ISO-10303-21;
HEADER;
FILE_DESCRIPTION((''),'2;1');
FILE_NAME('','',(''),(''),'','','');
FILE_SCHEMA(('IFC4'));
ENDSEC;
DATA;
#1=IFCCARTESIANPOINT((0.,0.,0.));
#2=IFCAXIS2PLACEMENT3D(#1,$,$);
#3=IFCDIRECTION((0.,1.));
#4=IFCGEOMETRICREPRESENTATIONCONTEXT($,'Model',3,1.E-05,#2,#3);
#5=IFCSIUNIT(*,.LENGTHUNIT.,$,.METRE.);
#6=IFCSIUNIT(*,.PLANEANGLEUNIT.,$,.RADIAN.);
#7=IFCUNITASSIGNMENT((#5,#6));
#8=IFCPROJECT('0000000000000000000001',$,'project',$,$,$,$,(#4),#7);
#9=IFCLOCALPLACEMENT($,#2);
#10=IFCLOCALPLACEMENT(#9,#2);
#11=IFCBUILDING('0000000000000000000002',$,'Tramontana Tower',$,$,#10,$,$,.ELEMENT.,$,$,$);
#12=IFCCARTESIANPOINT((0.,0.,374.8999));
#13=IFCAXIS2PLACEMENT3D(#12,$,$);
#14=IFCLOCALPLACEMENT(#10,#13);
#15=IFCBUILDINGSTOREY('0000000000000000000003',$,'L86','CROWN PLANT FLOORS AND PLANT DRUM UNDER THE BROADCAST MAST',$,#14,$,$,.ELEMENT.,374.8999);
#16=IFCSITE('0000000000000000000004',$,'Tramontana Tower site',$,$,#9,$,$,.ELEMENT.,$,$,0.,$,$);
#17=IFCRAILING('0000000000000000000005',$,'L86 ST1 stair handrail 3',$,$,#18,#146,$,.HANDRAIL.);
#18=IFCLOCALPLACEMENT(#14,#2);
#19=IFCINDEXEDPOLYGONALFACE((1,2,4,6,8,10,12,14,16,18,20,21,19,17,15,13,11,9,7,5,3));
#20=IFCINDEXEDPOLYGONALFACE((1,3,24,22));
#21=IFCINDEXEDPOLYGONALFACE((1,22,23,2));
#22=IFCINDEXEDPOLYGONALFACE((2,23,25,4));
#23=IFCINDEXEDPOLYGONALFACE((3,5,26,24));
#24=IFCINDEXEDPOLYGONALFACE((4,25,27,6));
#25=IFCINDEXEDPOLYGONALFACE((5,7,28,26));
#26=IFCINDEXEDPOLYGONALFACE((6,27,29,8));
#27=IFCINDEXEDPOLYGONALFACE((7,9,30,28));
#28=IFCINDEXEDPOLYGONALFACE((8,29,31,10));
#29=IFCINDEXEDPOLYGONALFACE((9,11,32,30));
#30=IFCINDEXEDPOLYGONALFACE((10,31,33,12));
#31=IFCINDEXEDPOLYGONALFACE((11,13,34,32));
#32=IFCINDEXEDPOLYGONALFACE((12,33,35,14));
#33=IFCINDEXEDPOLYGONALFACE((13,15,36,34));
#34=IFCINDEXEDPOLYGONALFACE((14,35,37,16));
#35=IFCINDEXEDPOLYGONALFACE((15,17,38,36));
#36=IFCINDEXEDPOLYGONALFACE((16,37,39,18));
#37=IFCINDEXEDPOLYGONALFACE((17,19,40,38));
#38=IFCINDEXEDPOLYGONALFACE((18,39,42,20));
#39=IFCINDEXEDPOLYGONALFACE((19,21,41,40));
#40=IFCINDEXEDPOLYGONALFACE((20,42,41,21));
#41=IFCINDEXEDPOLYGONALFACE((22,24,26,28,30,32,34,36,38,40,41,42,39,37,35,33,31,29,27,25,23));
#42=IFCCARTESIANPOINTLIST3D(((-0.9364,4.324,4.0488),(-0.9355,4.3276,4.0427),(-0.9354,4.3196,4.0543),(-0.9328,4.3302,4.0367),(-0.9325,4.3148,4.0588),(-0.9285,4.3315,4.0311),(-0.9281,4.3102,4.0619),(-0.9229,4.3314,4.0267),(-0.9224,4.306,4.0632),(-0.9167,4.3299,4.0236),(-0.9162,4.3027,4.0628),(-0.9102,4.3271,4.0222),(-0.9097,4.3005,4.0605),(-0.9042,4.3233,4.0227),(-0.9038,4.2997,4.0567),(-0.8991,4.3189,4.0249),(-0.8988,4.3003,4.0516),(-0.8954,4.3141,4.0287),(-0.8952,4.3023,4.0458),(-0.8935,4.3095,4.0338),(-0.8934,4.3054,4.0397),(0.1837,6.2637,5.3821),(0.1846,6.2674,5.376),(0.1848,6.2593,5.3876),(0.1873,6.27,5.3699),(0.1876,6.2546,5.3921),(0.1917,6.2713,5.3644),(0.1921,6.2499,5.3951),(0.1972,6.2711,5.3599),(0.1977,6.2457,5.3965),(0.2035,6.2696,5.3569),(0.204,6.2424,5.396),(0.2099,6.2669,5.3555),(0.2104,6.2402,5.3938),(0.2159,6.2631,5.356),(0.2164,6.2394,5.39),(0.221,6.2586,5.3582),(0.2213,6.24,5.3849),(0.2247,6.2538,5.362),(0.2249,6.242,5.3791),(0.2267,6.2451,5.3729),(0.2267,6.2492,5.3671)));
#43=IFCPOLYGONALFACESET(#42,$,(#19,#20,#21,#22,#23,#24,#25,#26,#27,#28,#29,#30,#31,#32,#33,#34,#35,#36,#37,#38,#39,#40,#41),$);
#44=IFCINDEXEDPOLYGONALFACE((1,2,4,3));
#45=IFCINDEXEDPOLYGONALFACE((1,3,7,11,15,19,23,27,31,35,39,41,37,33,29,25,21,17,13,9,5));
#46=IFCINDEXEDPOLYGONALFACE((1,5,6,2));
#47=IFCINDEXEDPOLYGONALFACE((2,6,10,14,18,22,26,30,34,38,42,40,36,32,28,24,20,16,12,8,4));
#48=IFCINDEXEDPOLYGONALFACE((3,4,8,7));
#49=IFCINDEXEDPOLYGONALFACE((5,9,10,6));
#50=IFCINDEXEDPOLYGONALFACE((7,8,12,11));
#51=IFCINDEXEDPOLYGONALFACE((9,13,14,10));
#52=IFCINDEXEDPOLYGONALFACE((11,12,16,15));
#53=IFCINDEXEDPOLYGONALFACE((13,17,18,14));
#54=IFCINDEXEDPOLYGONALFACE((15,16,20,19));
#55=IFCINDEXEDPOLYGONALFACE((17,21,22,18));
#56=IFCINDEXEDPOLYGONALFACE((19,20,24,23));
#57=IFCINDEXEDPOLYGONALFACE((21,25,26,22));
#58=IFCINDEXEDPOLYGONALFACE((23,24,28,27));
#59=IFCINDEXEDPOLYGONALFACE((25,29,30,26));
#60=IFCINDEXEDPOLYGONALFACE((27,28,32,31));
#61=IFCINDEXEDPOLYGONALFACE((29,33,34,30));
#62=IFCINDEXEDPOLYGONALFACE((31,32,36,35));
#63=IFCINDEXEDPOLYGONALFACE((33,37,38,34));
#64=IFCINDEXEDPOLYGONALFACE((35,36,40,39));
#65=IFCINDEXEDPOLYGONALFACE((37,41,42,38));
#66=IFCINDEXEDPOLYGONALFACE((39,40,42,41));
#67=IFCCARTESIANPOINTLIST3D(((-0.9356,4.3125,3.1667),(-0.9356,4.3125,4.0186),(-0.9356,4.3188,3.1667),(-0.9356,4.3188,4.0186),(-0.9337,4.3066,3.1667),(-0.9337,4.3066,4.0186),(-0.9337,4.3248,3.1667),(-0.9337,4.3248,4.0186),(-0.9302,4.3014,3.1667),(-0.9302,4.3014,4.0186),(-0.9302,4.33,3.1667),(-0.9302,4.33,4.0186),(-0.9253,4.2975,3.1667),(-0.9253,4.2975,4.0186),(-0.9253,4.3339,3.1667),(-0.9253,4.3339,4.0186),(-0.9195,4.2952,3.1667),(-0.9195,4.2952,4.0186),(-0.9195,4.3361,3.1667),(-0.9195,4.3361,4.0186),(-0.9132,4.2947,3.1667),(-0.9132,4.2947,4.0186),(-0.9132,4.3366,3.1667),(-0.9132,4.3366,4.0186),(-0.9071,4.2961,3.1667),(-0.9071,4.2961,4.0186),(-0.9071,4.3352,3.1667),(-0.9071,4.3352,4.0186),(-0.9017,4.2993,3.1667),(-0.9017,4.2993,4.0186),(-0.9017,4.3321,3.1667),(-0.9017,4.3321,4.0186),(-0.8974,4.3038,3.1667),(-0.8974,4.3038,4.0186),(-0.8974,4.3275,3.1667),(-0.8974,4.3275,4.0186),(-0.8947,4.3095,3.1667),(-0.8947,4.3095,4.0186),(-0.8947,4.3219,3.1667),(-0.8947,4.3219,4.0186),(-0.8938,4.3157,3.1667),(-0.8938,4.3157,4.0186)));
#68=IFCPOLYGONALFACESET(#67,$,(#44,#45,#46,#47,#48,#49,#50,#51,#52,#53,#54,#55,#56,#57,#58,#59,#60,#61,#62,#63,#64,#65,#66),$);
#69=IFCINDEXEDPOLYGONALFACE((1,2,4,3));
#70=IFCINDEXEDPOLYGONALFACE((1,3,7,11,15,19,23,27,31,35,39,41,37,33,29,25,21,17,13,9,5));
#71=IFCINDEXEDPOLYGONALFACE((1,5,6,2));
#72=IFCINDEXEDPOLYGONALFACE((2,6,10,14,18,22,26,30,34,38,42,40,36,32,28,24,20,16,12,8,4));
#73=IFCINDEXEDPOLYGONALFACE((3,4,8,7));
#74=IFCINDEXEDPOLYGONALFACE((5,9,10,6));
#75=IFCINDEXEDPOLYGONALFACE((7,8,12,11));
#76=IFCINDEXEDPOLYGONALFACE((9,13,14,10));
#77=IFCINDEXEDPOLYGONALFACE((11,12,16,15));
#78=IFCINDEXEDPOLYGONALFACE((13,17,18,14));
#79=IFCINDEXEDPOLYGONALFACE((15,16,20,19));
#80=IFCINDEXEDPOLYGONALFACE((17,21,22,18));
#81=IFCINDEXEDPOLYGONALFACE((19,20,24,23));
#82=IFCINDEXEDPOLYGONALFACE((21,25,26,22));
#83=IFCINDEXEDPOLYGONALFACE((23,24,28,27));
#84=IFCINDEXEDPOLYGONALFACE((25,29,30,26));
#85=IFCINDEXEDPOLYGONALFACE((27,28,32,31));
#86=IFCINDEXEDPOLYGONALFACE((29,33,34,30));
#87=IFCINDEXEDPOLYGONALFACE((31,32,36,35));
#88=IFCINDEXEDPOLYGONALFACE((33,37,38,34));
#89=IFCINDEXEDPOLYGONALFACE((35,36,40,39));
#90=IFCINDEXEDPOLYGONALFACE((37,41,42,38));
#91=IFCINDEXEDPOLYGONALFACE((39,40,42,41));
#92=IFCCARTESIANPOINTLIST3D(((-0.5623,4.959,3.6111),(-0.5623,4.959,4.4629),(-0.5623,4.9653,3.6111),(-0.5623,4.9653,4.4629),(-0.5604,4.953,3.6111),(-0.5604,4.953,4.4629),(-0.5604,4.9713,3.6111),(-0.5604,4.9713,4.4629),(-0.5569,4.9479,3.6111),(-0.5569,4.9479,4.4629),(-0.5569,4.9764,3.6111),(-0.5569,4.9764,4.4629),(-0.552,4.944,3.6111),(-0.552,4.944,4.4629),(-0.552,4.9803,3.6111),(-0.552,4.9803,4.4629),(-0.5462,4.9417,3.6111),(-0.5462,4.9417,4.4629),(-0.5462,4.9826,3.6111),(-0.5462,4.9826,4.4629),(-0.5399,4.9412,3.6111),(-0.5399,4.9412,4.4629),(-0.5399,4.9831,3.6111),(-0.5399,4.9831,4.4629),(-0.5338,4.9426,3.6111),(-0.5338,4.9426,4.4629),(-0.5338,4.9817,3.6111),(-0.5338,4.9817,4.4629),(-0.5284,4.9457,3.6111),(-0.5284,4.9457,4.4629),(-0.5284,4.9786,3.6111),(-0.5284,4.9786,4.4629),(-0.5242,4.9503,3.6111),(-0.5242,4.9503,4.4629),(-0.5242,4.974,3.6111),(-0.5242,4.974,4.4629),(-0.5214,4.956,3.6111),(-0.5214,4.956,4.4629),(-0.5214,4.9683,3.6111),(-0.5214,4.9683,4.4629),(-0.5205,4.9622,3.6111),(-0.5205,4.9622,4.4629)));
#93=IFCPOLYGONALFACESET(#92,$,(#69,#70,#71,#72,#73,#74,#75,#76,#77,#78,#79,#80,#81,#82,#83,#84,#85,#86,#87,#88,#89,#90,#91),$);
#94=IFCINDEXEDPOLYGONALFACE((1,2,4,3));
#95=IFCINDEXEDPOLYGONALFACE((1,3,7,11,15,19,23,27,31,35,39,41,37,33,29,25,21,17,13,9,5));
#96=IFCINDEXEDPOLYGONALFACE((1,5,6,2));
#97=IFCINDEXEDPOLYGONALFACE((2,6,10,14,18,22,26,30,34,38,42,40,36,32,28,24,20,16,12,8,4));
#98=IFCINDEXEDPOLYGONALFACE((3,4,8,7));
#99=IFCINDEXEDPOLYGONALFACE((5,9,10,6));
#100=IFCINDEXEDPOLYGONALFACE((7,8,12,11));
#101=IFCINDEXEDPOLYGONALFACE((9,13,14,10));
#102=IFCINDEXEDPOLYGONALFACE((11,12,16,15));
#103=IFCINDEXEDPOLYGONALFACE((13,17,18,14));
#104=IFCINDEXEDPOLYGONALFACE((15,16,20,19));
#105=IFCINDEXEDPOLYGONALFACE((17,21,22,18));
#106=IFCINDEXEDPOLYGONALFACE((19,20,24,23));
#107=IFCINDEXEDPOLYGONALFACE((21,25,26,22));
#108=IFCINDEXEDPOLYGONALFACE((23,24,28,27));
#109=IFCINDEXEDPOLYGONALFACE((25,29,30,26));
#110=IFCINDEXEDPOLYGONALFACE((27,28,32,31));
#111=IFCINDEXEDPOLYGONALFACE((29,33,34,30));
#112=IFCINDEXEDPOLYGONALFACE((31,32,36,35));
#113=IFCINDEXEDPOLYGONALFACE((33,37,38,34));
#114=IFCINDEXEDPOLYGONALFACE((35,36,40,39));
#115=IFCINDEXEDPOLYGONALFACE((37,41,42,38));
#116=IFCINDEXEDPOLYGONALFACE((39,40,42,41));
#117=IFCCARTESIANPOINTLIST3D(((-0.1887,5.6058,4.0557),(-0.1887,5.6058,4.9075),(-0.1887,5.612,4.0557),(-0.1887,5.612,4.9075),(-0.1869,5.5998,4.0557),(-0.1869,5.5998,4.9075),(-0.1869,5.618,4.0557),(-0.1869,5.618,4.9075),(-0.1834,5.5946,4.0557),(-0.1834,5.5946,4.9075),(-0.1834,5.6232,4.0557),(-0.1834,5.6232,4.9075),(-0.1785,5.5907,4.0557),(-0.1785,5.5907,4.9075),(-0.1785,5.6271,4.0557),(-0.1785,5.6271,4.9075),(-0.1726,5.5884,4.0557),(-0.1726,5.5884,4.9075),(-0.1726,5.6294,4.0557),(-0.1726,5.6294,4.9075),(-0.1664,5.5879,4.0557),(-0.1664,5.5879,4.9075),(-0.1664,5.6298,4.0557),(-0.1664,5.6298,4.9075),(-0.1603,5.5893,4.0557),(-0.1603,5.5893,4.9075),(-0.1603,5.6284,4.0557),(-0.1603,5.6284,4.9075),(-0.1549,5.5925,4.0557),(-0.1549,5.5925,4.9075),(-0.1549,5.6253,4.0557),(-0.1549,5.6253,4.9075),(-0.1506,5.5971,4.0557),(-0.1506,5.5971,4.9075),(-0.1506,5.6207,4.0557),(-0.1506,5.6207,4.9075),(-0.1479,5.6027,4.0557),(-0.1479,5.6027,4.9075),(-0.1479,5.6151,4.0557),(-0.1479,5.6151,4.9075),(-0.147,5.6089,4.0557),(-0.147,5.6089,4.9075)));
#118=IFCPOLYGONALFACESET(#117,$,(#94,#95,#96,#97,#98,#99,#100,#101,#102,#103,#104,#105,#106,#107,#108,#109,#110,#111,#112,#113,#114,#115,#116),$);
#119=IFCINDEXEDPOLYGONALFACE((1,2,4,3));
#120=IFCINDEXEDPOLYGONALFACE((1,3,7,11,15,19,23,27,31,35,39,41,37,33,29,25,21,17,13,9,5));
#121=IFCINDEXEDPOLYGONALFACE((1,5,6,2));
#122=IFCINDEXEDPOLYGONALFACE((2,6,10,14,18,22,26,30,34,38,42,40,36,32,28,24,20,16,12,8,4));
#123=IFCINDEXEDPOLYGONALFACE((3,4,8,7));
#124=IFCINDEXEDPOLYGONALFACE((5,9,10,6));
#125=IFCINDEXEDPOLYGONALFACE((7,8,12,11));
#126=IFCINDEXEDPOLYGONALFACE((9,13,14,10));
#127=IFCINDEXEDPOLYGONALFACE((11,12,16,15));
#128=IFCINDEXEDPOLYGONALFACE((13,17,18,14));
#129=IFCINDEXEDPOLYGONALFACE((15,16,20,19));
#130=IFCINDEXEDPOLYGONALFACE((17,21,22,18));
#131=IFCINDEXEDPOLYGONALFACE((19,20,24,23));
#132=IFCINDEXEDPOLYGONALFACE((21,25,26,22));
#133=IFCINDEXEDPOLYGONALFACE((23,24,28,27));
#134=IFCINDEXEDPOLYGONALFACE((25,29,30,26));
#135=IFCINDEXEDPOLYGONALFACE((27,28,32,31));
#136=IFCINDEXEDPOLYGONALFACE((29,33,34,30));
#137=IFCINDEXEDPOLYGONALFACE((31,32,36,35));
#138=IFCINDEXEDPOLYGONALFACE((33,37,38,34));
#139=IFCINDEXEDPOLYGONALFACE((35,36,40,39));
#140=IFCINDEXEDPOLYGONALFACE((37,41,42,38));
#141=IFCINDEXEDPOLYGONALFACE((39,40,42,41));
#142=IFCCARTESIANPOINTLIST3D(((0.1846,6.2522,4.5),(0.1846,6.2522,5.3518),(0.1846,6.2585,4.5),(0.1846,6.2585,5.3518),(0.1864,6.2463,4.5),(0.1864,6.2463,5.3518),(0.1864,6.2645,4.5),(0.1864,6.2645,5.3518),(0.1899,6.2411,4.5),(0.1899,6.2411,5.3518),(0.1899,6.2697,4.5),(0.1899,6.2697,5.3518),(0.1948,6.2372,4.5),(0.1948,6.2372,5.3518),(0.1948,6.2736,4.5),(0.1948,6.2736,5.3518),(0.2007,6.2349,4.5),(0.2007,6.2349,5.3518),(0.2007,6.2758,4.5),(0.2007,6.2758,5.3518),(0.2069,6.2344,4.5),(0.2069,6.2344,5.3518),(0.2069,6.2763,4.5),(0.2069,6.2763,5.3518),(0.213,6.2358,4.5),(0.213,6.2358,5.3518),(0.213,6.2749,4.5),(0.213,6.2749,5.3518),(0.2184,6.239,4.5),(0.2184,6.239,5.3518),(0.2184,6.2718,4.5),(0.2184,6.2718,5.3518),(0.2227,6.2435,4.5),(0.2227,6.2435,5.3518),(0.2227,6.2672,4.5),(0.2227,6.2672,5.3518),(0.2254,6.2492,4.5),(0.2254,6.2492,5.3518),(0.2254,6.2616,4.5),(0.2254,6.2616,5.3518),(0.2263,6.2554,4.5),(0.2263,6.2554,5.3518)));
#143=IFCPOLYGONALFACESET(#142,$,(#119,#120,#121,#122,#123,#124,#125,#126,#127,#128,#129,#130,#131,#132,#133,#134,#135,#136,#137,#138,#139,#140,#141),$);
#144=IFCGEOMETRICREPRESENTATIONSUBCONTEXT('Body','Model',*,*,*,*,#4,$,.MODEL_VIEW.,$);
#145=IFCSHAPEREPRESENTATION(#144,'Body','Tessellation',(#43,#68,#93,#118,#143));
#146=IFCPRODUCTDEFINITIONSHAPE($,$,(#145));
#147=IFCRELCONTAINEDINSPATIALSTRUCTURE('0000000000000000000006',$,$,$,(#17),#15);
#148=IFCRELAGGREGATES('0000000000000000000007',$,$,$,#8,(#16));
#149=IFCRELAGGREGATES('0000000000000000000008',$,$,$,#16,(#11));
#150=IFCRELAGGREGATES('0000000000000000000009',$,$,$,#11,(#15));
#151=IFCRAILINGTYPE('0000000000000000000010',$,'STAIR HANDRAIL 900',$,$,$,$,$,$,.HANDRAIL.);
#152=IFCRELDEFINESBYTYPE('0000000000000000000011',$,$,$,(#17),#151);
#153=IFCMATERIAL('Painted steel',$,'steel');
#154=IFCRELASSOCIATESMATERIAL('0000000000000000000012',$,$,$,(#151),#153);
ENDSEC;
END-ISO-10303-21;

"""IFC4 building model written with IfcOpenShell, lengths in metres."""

from ifc_helpers import new_model, si_unit, direction, frame, origin, origin_2d, place, context, subcontext, project, spatial, circle, extrude, material, type_object, element, save


model = new_model("IFC4")

# Units and contexts
model_context = context("Model", 3, precision=1e-05, world=origin(), true_north=direction((0.0, 1.0)))
body_context = subcontext(model_context, "Body", "Model", "MODEL_VIEW")
ifc_project = project(units=[si_unit("LENGTHUNIT", "METRE"), si_unit("PLANEANGLEUNIT", "RADIAN")], contexts=[model_context])

# Site, building, storey
site_placement = place(None, origin())
site = spatial("IfcSite", under=ifc_project, at=site_placement, Name="Tramontana Tower site", CompositionType="ELEMENT", RefElevation=0.0)
building_placement = place(site_placement, origin())
building = spatial("IfcBuilding", under=site, at=building_placement, Name="Tramontana Tower", CompositionType="ELEMENT")
storey_placement = place(building_placement, frame((0.0, 0.0, 374.8999)))
storey = spatial("IfcBuildingStorey", under=building, at=storey_placement, Name="L86", Description="CROWN PLANT FLOORS AND PLANT DRUM UNDER THE BROADCAST MAST", CompositionType="ELEMENT", Elevation=374.8999)

# Railing
ifc_material_1 = material(Name="Painted steel", Category="steel")
railing_type_1 = type_object("IfcRailingType", Name="STAIR HANDRAIL 900", PredefinedType="HANDRAIL", material=ifc_material_1)
railing_1_placement = place(storey_placement, frame((-0.9148, 4.3157, 3.1667)))
element("IfcRailing", 1, at=railing_1_placement, inside=storey, type_object=railing_type_1, Name="L86 ST1 stair handrail 3", PredefinedType="HANDRAIL", context=body_context, shape_type="SweptSolid", body=[
    extrude(circle(Radius=0.0239, at=origin_2d()), frame((0.0, 0.0, 0.876), z_axis=(0.429714, 0.744133, 0.51148), x_axis=(-0.86598, 0.500078, 0.0)), (0.0, 0.0, 1.0), 2.6067),
    extrude(circle(Radius=0.021, at=origin_2d()), origin(), (0.0, 0.0, 1.0), 0.8518),
    extrude(circle(Radius=0.021, at=origin_2d()), frame((0.3733, 0.6465, 0.4443)), (0.0, 0.0, 1.0), 0.8518),
    extrude(circle(Radius=0.021, at=origin_2d()), frame((0.7468, 1.2932, 0.8889)), (0.0, 0.0, 1.0), 0.8518),
    extrude(circle(Radius=0.021, at=origin_2d()), frame((1.1201, 1.9397, 1.3333)), (0.0, 0.0, 1.0), 0.8518),
])

save(model, "model.ifc")
